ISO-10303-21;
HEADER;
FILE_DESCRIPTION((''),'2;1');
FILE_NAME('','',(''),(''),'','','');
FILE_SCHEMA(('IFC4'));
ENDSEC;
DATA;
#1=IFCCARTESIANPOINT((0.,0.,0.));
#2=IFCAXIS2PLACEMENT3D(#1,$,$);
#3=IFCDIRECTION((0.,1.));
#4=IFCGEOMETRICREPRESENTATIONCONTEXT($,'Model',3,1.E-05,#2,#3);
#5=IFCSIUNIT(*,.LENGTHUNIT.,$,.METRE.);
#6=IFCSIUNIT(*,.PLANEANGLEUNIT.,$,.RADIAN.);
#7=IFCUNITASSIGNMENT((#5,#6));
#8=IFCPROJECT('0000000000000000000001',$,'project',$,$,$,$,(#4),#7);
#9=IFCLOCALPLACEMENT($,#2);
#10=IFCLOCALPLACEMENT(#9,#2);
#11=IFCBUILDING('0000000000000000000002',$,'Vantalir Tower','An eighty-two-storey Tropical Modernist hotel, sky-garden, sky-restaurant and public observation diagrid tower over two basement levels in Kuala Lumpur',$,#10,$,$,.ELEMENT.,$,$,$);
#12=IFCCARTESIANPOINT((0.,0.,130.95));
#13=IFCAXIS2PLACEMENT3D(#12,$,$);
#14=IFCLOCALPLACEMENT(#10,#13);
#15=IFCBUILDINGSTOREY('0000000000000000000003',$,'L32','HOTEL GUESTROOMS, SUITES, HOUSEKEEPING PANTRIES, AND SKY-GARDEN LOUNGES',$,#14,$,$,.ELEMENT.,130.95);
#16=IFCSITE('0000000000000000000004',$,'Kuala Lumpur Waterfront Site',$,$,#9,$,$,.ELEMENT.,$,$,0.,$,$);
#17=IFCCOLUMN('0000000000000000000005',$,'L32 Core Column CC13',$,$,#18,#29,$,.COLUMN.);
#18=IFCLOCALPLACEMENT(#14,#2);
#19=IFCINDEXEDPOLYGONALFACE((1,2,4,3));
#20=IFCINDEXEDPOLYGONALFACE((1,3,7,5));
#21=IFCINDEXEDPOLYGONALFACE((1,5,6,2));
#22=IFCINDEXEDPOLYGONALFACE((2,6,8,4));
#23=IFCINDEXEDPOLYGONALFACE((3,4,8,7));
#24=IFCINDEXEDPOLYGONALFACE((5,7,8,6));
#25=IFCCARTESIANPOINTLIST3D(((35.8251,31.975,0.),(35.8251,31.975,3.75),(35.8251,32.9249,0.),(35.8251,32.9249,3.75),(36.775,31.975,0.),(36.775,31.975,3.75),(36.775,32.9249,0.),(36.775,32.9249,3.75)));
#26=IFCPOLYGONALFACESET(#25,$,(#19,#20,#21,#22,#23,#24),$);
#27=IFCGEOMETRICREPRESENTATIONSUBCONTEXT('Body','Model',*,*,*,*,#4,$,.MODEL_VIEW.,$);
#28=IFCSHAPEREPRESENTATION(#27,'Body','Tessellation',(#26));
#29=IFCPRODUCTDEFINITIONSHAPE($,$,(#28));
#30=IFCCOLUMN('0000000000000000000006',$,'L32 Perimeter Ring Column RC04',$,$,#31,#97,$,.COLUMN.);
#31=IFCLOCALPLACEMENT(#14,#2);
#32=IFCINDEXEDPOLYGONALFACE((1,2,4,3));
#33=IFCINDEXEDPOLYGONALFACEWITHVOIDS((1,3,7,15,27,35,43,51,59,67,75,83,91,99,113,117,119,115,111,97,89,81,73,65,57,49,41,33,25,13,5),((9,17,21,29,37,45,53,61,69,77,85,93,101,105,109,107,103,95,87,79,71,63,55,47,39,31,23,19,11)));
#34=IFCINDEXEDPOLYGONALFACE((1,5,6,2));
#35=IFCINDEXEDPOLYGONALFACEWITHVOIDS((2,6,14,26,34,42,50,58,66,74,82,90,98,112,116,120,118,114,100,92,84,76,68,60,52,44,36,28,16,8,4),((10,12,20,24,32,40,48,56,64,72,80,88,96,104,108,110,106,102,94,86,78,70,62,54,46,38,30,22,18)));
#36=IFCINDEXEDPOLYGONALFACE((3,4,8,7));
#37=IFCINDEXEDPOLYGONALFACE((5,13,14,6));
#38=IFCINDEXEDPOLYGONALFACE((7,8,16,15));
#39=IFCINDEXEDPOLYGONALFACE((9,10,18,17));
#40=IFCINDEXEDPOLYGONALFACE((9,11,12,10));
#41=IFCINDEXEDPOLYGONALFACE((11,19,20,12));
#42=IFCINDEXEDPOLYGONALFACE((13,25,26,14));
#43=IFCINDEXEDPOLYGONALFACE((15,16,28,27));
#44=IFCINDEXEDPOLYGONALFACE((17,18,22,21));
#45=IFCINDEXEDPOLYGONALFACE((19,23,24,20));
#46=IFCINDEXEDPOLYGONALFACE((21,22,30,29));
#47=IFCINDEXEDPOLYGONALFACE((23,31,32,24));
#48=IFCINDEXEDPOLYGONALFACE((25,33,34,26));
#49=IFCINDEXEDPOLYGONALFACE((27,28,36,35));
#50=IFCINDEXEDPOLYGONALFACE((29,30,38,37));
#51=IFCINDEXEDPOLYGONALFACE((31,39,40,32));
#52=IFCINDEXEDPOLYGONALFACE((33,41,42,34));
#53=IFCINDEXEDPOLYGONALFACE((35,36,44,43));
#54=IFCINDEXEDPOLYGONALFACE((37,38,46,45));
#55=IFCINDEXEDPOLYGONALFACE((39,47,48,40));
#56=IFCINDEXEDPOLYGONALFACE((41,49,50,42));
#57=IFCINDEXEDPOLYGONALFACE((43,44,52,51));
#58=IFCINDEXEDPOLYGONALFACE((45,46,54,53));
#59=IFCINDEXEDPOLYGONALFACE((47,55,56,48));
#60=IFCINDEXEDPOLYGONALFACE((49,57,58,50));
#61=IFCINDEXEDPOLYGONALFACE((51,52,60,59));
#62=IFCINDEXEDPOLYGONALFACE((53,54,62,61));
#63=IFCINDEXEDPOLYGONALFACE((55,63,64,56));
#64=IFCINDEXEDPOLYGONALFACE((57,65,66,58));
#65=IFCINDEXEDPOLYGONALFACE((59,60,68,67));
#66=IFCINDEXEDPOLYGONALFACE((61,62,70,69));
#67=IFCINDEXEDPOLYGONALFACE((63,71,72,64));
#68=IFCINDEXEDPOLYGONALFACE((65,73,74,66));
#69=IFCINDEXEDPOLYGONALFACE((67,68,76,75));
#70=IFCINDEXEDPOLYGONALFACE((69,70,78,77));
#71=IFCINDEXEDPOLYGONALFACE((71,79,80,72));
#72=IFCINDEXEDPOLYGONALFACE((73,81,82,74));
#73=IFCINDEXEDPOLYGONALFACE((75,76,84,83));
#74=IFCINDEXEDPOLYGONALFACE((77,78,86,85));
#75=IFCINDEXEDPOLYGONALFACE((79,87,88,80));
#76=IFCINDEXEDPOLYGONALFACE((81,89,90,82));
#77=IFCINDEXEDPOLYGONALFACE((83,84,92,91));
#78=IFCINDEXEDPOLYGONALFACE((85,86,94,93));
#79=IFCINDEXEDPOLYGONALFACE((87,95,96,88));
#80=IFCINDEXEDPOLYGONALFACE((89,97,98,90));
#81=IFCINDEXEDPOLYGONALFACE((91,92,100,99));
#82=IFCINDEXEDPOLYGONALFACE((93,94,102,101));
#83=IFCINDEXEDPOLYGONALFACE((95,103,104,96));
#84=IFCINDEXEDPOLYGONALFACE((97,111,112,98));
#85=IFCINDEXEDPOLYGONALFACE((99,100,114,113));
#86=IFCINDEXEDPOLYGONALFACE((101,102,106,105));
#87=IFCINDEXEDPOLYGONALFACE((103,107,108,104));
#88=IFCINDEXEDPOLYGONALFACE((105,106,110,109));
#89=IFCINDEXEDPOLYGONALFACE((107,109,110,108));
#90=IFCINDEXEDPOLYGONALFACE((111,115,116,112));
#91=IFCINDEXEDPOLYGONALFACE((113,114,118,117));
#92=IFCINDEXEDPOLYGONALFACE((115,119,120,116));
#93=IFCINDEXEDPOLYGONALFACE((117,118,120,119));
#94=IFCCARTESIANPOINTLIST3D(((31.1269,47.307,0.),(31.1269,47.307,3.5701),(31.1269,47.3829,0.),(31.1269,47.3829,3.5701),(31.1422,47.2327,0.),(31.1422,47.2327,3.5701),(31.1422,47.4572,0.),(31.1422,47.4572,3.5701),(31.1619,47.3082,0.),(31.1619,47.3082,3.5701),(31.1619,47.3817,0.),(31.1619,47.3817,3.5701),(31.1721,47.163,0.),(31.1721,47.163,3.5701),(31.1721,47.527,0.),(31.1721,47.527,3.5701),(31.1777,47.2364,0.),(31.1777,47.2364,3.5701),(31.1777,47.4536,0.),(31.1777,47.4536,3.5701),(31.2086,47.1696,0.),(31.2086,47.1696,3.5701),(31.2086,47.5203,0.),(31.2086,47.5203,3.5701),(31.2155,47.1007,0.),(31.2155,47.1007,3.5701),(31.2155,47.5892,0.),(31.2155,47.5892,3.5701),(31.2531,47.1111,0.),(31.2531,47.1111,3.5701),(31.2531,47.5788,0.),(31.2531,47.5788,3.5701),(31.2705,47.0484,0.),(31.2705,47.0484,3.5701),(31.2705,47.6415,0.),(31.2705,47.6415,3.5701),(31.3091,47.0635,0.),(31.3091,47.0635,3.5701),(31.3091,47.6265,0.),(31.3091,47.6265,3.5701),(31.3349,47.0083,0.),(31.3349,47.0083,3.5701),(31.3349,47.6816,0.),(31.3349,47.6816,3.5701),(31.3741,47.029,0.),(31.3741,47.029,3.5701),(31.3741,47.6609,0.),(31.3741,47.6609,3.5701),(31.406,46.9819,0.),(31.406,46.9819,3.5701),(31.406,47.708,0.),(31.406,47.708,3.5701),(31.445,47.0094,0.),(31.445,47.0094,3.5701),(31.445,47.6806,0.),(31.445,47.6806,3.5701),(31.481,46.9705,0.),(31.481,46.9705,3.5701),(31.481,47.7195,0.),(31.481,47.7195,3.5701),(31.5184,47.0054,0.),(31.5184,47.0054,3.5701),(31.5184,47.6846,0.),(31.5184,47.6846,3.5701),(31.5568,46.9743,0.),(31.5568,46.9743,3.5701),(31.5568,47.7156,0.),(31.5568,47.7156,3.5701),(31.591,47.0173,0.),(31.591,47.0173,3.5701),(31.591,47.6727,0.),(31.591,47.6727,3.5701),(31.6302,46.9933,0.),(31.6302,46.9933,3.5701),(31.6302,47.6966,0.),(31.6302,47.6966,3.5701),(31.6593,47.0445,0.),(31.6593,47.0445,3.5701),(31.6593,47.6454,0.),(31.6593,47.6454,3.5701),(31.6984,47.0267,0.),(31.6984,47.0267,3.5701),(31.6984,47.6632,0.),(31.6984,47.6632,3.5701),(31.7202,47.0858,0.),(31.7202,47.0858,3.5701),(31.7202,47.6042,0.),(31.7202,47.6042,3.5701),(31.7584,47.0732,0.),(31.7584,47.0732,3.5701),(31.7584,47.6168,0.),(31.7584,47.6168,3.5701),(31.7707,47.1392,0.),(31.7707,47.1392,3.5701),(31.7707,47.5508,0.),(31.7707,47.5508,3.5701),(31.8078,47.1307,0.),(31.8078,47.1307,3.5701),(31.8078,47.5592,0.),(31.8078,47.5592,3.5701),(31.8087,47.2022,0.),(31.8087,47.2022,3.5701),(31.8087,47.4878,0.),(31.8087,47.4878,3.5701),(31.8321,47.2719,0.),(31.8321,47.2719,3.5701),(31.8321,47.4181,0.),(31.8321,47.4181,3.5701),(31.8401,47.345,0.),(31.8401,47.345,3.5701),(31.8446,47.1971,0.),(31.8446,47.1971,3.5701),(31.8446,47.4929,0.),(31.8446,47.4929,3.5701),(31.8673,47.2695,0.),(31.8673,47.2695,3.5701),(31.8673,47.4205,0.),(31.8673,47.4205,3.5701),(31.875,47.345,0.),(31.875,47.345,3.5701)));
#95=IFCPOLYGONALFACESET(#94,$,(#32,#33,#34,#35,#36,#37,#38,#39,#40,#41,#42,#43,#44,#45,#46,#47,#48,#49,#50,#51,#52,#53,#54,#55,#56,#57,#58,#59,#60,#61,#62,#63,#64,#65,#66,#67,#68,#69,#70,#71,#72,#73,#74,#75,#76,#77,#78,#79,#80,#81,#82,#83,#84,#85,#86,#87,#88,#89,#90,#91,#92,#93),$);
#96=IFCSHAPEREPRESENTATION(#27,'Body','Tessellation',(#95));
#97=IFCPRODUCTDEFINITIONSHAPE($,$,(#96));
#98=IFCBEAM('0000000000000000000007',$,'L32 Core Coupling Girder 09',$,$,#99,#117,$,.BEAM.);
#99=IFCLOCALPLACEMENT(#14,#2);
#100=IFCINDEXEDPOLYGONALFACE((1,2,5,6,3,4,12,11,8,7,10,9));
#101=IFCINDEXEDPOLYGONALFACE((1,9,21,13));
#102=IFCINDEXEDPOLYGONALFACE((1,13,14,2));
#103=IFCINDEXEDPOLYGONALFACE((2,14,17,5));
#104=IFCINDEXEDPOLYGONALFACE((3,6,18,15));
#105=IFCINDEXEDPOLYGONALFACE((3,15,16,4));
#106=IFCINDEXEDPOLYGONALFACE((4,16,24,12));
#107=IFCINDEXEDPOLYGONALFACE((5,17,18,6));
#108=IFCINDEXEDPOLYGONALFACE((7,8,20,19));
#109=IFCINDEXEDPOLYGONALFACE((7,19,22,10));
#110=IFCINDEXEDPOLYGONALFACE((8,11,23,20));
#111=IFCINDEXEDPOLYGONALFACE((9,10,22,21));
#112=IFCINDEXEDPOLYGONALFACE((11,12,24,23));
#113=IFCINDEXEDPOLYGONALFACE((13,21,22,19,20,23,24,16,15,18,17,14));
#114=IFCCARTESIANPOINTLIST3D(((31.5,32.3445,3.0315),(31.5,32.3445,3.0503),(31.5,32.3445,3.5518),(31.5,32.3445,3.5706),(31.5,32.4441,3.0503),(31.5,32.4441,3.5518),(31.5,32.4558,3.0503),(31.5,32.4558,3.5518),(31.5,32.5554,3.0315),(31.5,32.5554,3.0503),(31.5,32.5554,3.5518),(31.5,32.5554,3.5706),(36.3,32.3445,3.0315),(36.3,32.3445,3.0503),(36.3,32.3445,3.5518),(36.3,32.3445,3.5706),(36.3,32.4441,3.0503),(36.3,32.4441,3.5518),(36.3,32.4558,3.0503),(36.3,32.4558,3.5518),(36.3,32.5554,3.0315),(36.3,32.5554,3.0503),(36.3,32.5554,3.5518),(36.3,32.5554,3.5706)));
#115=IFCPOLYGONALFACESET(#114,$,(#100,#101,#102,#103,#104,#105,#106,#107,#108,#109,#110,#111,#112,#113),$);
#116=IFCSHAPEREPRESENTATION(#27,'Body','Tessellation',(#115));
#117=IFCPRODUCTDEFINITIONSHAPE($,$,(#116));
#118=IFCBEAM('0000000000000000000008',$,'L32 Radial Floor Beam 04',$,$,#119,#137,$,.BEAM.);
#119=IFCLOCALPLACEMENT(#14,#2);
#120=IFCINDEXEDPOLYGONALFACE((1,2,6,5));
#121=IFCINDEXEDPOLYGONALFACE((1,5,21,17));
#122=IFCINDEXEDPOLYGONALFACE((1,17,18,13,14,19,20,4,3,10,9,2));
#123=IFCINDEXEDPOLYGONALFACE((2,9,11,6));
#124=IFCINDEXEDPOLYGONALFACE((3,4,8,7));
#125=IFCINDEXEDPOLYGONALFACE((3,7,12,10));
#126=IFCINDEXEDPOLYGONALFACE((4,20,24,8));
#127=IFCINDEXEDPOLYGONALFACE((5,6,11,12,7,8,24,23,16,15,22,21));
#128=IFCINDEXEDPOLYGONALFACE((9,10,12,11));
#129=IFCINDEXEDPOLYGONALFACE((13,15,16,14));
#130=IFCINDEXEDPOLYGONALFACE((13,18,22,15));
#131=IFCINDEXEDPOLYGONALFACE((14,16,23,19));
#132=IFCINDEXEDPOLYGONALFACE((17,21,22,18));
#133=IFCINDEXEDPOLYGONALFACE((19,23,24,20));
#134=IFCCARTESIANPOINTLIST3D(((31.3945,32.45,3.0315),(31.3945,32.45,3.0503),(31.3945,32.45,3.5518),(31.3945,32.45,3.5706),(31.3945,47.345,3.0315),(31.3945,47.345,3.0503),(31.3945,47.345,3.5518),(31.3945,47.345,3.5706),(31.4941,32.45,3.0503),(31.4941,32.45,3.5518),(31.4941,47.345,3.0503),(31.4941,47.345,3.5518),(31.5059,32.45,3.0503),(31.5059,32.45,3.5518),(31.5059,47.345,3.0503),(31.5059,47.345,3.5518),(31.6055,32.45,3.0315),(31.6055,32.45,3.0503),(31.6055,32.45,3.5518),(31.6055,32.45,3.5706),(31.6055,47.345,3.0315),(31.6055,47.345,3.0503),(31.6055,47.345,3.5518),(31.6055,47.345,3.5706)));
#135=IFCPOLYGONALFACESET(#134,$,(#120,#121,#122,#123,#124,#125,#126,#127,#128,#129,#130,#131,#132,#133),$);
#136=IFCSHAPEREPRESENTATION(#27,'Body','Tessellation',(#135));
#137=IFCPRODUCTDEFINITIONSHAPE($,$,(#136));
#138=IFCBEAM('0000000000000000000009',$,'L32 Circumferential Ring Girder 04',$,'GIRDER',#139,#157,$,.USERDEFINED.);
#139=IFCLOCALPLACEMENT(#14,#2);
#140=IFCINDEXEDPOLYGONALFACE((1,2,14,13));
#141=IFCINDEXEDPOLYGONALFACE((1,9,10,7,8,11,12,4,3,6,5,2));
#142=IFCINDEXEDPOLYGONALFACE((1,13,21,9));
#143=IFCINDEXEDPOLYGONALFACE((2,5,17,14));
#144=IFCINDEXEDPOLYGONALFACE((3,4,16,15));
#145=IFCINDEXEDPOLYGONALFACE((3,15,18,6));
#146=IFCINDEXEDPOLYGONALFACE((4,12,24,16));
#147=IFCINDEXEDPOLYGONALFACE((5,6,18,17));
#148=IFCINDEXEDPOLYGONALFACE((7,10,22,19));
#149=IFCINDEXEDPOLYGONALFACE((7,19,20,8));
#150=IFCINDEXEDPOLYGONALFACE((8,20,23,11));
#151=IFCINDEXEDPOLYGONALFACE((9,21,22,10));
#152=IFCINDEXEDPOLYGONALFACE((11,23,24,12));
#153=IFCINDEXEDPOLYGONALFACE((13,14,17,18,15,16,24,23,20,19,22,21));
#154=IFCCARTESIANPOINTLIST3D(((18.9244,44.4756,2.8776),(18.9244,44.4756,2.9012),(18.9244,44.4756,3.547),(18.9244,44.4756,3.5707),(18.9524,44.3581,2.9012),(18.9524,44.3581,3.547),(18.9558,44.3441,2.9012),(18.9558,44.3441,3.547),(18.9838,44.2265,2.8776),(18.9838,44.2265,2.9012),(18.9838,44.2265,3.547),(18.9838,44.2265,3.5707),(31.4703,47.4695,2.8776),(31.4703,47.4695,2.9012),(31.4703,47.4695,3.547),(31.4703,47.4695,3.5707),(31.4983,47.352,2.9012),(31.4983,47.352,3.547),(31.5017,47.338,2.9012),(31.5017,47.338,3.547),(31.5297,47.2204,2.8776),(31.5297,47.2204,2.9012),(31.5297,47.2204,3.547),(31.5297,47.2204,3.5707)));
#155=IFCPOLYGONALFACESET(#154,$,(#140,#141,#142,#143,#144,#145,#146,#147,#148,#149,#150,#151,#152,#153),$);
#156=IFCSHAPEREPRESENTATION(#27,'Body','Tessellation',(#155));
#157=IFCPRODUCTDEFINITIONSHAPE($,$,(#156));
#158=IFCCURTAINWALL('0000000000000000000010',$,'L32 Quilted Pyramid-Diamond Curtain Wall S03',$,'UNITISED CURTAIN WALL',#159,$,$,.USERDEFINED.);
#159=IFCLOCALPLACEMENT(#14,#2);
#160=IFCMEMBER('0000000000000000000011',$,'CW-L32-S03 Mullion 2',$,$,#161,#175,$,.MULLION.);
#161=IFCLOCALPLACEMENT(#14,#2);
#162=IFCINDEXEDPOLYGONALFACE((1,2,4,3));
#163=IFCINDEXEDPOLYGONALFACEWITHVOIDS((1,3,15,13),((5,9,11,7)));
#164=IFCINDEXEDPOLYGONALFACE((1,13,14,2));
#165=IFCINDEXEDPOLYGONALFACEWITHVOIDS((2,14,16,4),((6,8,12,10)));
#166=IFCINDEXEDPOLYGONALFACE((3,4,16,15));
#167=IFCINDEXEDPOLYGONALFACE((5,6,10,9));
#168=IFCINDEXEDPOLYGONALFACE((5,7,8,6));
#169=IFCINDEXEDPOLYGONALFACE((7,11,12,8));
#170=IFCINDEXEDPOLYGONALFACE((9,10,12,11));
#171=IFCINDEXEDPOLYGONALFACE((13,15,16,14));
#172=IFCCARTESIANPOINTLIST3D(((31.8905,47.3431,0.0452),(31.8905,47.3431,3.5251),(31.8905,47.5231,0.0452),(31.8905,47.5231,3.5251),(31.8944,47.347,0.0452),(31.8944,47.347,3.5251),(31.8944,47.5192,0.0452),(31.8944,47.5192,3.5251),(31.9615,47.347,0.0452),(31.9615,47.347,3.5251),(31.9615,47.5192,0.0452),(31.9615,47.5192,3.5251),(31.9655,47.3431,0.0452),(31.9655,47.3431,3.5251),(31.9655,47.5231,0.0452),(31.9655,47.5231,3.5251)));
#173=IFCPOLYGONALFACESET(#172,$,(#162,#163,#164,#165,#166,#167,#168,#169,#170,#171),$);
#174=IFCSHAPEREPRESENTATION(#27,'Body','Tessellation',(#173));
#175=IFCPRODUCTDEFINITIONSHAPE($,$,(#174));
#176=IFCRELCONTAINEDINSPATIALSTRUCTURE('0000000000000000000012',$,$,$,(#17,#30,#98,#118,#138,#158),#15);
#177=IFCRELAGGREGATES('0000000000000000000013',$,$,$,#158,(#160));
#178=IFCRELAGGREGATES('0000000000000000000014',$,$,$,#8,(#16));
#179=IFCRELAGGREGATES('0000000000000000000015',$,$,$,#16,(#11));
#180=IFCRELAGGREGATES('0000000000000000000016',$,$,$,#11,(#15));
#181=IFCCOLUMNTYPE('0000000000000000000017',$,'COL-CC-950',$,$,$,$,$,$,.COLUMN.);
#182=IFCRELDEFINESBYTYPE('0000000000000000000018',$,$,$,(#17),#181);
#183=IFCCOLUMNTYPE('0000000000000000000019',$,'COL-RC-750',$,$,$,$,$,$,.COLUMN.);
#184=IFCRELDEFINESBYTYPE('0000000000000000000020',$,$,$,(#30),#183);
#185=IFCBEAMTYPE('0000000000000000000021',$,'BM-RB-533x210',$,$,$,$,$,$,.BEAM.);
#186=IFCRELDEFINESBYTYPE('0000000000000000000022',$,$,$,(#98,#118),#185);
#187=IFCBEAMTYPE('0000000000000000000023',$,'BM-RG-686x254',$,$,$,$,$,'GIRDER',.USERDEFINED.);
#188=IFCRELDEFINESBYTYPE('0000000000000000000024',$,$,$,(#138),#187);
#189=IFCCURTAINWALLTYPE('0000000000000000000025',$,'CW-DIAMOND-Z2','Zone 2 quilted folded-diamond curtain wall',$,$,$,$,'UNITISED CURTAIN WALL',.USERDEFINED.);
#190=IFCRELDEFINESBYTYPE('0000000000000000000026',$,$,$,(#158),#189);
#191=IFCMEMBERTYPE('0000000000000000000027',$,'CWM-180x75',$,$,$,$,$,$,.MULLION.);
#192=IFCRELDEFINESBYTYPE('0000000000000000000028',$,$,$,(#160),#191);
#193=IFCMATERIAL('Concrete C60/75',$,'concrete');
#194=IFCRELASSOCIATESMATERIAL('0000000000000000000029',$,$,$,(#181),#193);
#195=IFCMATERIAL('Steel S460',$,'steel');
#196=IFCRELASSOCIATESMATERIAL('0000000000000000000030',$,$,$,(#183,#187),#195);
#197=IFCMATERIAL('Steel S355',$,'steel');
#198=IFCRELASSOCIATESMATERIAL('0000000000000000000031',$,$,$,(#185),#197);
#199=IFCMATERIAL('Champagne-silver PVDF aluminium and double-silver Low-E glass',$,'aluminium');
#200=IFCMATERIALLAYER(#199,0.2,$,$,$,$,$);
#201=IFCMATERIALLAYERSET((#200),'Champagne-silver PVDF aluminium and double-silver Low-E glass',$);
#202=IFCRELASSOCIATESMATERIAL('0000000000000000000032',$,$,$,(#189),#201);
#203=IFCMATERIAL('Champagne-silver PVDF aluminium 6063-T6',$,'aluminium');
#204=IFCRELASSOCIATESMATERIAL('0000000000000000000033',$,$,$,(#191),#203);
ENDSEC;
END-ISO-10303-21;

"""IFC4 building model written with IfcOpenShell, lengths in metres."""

from ifc_helpers import new_model, si_unit, direction, frame, origin, origin_2d, place, context, subcontext, project, spatial, rectangle, hollow_rectangle, hollow_circle, i_section, extrude, material, layer, layer_set, material_profile, profile_set, type_object, element, aggregate, save


model = new_model("IFC4")

# Units and contexts
model_context = context("Model", 3, precision=1e-05, world=origin(), true_north=direction((0.0, 1.0)))
body_context = subcontext(model_context, "Body", "Model", "MODEL_VIEW")
ifc_project = project(units=[si_unit("LENGTHUNIT", "METRE"), si_unit("PLANEANGLEUNIT", "RADIAN")], contexts=[model_context])

# Site, building, storey
site_placement = place(None, origin())
site = spatial("IfcSite", under=ifc_project, at=site_placement, Name="Kuala Lumpur Waterfront Site", CompositionType="ELEMENT", RefElevation=0.0)
building_placement = place(site_placement, origin())
building = spatial("IfcBuilding", under=site, at=building_placement, Name="Vantalir Tower", Description="An eighty-two-storey Tropical Modernist hotel, sky-garden, sky-restaurant and public observation diagrid tower over two basement levels in Kuala Lumpur", CompositionType="ELEMENT")
storey_placement = place(building_placement, frame((0.0, 0.0, 130.95)))
storey = spatial("IfcBuildingStorey", under=building, at=storey_placement, Name="L32", Description="HOTEL GUESTROOMS, SUITES, HOUSEKEEPING PANTRIES, AND SKY-GARDEN LOUNGES", CompositionType="ELEMENT", Elevation=130.95)

# Columns
ifc_material_1 = material(Name="Concrete C60/75", Category="concrete")
ifc_material_profile_1 = material_profile(ifc_material_1, rectangle(XDim=0.95, YDim=0.95, at=origin_2d()), Name="Concrete C60/75")
ifc_profile_set_1 = profile_set([ifc_material_profile_1], Name="Concrete C60/75")
column_type_1 = type_object("IfcColumnType", Name="COL-CC-950", PredefinedType="COLUMN", material=ifc_profile_set_1)
column_1_placement = place(storey_placement, frame((36.3, 32.45, 0.0), z_axis=(0.0, 0.0, 1.0), x_axis=(1.0, 0.0, 0.0)))
element("IfcColumn", 1, at=column_1_placement, inside=storey, type_object=column_type_1, Name="L32 Core Column CC13", PredefinedType="COLUMN", context=body_context, shape_type="SweptSolid", body=[
    extrude(rectangle(XDim=0.95, YDim=0.95, at=origin_2d()), origin(), (0.0, 0.0, 1.0), 3.75),
])
ifc_material_2 = material(Name="Steel S460", Category="steel")
ifc_material_profile_2 = material_profile(ifc_material_2, hollow_circle(Radius=0.375, WallThickness=0.0349, at=origin_2d()), Name="Steel S460")
ifc_profile_set_2 = profile_set([ifc_material_profile_2], Name="Steel S460")
column_type_2 = type_object("IfcColumnType", Name="COL-RC-750", PredefinedType="COLUMN", material=ifc_profile_set_2)
column_2_placement = place(storey_placement, frame((31.5, 47.345, 0.0), z_axis=(0.0, 0.0, 1.0), x_axis=(1.0, 0.0, 0.0)))
element("IfcColumn", 2, at=column_2_placement, inside=storey, type_object=column_type_2, Name="L32 Perimeter Ring Column RC04", PredefinedType="COLUMN", context=body_context, shape_type="SweptSolid", body=[
    extrude(hollow_circle(Radius=0.375, WallThickness=0.0349, at=origin_2d()), origin(), (0.0, 0.0, 1.0), 3.5701),
])

# Beams
ifc_material_3 = material(Name="Steel S355", Category="steel")
ifc_material_profile_3 = material_profile(ifc_material_3, i_section(OverallWidth=0.2109, OverallDepth=0.5391, WebThickness=0.0117, FlangeThickness=0.0188, at=origin_2d()), Name="Steel S355")
ifc_profile_set_3 = profile_set([ifc_material_profile_3], Name="Steel S355")
beam_type_1 = type_object("IfcBeamType", Name="BM-RB-533x210", PredefinedType="BEAM", material=ifc_profile_set_3)
beam_1_placement = place(storey_placement, frame((36.3, 32.45, 3.301), z_axis=(-1.0, 0.0, 0.0), x_axis=(0.0, -1.0, 0.0)))
element("IfcBeam", 3, at=beam_1_placement, inside=storey, type_object=beam_type_1, Name="L32 Core Coupling Girder 09", PredefinedType="BEAM", context=body_context, shape_type="SweptSolid", body=[
    extrude(i_section(OverallWidth=0.2109, OverallDepth=0.5391, WebThickness=0.0117, FlangeThickness=0.0188, at=origin_2d()), origin(), (0.0, 0.0, 1.0), 4.8),
])
beam_2_placement = place(storey_placement, frame((31.5, 47.345, 3.301), z_axis=(0.0, -1.0, 0.0), x_axis=(1.0, 0.0, 0.0)))
element("IfcBeam", 4, at=beam_2_placement, inside=storey, type_object=beam_type_1, Name="L32 Radial Floor Beam 04", PredefinedType="BEAM", context=body_context, shape_type="SweptSolid", body=[
    extrude(i_section(OverallWidth=0.2109, OverallDepth=0.5391, WebThickness=0.0117, FlangeThickness=0.0188, at=origin_2d()), origin(), (0.0, 0.0, 1.0), 14.895),
])
ifc_material_profile_4 = material_profile(ifc_material_2, i_section(OverallWidth=0.2561, OverallDepth=0.6931, WebThickness=0.0144, FlangeThickness=0.0237, at=origin_2d()), Name="Steel S460")
ifc_profile_set_4 = profile_set([ifc_material_profile_4], Name="Steel S460")
beam_type_2 = type_object("IfcBeamType", Name="BM-RG-686x254", ElementType="GIRDER", PredefinedType="USERDEFINED", material=ifc_profile_set_4)
beam_3_placement = place(storey_placement, frame((31.5, 47.345, 3.2241), z_axis=(-0.972688, -0.232118, 0.0), x_axis=(0.232118, -0.972688, 0.0)))
element("IfcBeam", 5, at=beam_3_placement, inside=storey, type_object=beam_type_2, Name="L32 Circumferential Ring Girder 04", ObjectType="GIRDER", PredefinedType="USERDEFINED", context=body_context, shape_type="SweptSolid", body=[
    extrude(i_section(OverallWidth=0.2561, OverallDepth=0.6931, WebThickness=0.0144, FlangeThickness=0.0237, at=origin_2d()), origin(), (0.0, 0.0, 1.0), 12.8982),
])

# Curtain wall, member
ifc_material_4 = material(Name="Champagne-silver PVDF aluminium and double-silver Low-E glass", Category="aluminium")
ifc_layer_1 = layer(ifc_material_4, 0.2)
ifc_layer_set_1 = layer_set([ifc_layer_1], Name="Champagne-silver PVDF aluminium and double-silver Low-E glass")
curtain_wall_type = type_object("IfcCurtainWallType", Name="CW-DIAMOND-Z2", Description="Zone 2 quilted folded-diamond curtain wall", ElementType="UNITISED CURTAIN WALL", PredefinedType="USERDEFINED", material=ifc_layer_set_1)
curtain_wall_1_placement = place(storey_placement, origin())
curtain_wall_1 = element("IfcCurtainWall", 6, at=curtain_wall_1_placement, inside=storey, type_object=curtain_wall_type, Name="L32 Quilted Pyramid-Diamond Curtain Wall S03", ObjectType="UNITISED CURTAIN WALL", PredefinedType="USERDEFINED")
ifc_material_5 = material(Name="Champagne-silver PVDF aluminium 6063-T6", Category="aluminium")
ifc_material_profile_5 = material_profile(ifc_material_5, hollow_rectangle(XDim=0.075, YDim=0.1799, WallThickness=0.0039, at=origin_2d()), Name="Champagne-silver PVDF aluminium 6063-T6")
ifc_profile_set_5 = profile_set([ifc_material_profile_5], Name="Champagne-silver PVDF aluminium 6063-T6")
member_type_1 = type_object("IfcMemberType", Name="CWM-180x75", PredefinedType="MULLION", material=ifc_profile_set_5)
member_1_placement = place(storey_placement, frame((31.928, 47.4331, 0.0452), z_axis=(0.0, 0.0, 1.0), x_axis=(1.0, 0.0, 0.0)))
member_1 = element("IfcMember", 7, at=member_1_placement, type_object=member_type_1, Name="CW-L32-S03 Mullion 2", PredefinedType="MULLION", context=body_context, shape_type="SweptSolid", body=[
    extrude(hollow_rectangle(XDim=0.075, YDim=0.1799, WallThickness=0.0039, at=origin_2d()), origin(), (0.0, 0.0, 1.0), 3.48),
])

aggregate(curtain_wall_1, [member_1])

save(model, "model.ifc")
